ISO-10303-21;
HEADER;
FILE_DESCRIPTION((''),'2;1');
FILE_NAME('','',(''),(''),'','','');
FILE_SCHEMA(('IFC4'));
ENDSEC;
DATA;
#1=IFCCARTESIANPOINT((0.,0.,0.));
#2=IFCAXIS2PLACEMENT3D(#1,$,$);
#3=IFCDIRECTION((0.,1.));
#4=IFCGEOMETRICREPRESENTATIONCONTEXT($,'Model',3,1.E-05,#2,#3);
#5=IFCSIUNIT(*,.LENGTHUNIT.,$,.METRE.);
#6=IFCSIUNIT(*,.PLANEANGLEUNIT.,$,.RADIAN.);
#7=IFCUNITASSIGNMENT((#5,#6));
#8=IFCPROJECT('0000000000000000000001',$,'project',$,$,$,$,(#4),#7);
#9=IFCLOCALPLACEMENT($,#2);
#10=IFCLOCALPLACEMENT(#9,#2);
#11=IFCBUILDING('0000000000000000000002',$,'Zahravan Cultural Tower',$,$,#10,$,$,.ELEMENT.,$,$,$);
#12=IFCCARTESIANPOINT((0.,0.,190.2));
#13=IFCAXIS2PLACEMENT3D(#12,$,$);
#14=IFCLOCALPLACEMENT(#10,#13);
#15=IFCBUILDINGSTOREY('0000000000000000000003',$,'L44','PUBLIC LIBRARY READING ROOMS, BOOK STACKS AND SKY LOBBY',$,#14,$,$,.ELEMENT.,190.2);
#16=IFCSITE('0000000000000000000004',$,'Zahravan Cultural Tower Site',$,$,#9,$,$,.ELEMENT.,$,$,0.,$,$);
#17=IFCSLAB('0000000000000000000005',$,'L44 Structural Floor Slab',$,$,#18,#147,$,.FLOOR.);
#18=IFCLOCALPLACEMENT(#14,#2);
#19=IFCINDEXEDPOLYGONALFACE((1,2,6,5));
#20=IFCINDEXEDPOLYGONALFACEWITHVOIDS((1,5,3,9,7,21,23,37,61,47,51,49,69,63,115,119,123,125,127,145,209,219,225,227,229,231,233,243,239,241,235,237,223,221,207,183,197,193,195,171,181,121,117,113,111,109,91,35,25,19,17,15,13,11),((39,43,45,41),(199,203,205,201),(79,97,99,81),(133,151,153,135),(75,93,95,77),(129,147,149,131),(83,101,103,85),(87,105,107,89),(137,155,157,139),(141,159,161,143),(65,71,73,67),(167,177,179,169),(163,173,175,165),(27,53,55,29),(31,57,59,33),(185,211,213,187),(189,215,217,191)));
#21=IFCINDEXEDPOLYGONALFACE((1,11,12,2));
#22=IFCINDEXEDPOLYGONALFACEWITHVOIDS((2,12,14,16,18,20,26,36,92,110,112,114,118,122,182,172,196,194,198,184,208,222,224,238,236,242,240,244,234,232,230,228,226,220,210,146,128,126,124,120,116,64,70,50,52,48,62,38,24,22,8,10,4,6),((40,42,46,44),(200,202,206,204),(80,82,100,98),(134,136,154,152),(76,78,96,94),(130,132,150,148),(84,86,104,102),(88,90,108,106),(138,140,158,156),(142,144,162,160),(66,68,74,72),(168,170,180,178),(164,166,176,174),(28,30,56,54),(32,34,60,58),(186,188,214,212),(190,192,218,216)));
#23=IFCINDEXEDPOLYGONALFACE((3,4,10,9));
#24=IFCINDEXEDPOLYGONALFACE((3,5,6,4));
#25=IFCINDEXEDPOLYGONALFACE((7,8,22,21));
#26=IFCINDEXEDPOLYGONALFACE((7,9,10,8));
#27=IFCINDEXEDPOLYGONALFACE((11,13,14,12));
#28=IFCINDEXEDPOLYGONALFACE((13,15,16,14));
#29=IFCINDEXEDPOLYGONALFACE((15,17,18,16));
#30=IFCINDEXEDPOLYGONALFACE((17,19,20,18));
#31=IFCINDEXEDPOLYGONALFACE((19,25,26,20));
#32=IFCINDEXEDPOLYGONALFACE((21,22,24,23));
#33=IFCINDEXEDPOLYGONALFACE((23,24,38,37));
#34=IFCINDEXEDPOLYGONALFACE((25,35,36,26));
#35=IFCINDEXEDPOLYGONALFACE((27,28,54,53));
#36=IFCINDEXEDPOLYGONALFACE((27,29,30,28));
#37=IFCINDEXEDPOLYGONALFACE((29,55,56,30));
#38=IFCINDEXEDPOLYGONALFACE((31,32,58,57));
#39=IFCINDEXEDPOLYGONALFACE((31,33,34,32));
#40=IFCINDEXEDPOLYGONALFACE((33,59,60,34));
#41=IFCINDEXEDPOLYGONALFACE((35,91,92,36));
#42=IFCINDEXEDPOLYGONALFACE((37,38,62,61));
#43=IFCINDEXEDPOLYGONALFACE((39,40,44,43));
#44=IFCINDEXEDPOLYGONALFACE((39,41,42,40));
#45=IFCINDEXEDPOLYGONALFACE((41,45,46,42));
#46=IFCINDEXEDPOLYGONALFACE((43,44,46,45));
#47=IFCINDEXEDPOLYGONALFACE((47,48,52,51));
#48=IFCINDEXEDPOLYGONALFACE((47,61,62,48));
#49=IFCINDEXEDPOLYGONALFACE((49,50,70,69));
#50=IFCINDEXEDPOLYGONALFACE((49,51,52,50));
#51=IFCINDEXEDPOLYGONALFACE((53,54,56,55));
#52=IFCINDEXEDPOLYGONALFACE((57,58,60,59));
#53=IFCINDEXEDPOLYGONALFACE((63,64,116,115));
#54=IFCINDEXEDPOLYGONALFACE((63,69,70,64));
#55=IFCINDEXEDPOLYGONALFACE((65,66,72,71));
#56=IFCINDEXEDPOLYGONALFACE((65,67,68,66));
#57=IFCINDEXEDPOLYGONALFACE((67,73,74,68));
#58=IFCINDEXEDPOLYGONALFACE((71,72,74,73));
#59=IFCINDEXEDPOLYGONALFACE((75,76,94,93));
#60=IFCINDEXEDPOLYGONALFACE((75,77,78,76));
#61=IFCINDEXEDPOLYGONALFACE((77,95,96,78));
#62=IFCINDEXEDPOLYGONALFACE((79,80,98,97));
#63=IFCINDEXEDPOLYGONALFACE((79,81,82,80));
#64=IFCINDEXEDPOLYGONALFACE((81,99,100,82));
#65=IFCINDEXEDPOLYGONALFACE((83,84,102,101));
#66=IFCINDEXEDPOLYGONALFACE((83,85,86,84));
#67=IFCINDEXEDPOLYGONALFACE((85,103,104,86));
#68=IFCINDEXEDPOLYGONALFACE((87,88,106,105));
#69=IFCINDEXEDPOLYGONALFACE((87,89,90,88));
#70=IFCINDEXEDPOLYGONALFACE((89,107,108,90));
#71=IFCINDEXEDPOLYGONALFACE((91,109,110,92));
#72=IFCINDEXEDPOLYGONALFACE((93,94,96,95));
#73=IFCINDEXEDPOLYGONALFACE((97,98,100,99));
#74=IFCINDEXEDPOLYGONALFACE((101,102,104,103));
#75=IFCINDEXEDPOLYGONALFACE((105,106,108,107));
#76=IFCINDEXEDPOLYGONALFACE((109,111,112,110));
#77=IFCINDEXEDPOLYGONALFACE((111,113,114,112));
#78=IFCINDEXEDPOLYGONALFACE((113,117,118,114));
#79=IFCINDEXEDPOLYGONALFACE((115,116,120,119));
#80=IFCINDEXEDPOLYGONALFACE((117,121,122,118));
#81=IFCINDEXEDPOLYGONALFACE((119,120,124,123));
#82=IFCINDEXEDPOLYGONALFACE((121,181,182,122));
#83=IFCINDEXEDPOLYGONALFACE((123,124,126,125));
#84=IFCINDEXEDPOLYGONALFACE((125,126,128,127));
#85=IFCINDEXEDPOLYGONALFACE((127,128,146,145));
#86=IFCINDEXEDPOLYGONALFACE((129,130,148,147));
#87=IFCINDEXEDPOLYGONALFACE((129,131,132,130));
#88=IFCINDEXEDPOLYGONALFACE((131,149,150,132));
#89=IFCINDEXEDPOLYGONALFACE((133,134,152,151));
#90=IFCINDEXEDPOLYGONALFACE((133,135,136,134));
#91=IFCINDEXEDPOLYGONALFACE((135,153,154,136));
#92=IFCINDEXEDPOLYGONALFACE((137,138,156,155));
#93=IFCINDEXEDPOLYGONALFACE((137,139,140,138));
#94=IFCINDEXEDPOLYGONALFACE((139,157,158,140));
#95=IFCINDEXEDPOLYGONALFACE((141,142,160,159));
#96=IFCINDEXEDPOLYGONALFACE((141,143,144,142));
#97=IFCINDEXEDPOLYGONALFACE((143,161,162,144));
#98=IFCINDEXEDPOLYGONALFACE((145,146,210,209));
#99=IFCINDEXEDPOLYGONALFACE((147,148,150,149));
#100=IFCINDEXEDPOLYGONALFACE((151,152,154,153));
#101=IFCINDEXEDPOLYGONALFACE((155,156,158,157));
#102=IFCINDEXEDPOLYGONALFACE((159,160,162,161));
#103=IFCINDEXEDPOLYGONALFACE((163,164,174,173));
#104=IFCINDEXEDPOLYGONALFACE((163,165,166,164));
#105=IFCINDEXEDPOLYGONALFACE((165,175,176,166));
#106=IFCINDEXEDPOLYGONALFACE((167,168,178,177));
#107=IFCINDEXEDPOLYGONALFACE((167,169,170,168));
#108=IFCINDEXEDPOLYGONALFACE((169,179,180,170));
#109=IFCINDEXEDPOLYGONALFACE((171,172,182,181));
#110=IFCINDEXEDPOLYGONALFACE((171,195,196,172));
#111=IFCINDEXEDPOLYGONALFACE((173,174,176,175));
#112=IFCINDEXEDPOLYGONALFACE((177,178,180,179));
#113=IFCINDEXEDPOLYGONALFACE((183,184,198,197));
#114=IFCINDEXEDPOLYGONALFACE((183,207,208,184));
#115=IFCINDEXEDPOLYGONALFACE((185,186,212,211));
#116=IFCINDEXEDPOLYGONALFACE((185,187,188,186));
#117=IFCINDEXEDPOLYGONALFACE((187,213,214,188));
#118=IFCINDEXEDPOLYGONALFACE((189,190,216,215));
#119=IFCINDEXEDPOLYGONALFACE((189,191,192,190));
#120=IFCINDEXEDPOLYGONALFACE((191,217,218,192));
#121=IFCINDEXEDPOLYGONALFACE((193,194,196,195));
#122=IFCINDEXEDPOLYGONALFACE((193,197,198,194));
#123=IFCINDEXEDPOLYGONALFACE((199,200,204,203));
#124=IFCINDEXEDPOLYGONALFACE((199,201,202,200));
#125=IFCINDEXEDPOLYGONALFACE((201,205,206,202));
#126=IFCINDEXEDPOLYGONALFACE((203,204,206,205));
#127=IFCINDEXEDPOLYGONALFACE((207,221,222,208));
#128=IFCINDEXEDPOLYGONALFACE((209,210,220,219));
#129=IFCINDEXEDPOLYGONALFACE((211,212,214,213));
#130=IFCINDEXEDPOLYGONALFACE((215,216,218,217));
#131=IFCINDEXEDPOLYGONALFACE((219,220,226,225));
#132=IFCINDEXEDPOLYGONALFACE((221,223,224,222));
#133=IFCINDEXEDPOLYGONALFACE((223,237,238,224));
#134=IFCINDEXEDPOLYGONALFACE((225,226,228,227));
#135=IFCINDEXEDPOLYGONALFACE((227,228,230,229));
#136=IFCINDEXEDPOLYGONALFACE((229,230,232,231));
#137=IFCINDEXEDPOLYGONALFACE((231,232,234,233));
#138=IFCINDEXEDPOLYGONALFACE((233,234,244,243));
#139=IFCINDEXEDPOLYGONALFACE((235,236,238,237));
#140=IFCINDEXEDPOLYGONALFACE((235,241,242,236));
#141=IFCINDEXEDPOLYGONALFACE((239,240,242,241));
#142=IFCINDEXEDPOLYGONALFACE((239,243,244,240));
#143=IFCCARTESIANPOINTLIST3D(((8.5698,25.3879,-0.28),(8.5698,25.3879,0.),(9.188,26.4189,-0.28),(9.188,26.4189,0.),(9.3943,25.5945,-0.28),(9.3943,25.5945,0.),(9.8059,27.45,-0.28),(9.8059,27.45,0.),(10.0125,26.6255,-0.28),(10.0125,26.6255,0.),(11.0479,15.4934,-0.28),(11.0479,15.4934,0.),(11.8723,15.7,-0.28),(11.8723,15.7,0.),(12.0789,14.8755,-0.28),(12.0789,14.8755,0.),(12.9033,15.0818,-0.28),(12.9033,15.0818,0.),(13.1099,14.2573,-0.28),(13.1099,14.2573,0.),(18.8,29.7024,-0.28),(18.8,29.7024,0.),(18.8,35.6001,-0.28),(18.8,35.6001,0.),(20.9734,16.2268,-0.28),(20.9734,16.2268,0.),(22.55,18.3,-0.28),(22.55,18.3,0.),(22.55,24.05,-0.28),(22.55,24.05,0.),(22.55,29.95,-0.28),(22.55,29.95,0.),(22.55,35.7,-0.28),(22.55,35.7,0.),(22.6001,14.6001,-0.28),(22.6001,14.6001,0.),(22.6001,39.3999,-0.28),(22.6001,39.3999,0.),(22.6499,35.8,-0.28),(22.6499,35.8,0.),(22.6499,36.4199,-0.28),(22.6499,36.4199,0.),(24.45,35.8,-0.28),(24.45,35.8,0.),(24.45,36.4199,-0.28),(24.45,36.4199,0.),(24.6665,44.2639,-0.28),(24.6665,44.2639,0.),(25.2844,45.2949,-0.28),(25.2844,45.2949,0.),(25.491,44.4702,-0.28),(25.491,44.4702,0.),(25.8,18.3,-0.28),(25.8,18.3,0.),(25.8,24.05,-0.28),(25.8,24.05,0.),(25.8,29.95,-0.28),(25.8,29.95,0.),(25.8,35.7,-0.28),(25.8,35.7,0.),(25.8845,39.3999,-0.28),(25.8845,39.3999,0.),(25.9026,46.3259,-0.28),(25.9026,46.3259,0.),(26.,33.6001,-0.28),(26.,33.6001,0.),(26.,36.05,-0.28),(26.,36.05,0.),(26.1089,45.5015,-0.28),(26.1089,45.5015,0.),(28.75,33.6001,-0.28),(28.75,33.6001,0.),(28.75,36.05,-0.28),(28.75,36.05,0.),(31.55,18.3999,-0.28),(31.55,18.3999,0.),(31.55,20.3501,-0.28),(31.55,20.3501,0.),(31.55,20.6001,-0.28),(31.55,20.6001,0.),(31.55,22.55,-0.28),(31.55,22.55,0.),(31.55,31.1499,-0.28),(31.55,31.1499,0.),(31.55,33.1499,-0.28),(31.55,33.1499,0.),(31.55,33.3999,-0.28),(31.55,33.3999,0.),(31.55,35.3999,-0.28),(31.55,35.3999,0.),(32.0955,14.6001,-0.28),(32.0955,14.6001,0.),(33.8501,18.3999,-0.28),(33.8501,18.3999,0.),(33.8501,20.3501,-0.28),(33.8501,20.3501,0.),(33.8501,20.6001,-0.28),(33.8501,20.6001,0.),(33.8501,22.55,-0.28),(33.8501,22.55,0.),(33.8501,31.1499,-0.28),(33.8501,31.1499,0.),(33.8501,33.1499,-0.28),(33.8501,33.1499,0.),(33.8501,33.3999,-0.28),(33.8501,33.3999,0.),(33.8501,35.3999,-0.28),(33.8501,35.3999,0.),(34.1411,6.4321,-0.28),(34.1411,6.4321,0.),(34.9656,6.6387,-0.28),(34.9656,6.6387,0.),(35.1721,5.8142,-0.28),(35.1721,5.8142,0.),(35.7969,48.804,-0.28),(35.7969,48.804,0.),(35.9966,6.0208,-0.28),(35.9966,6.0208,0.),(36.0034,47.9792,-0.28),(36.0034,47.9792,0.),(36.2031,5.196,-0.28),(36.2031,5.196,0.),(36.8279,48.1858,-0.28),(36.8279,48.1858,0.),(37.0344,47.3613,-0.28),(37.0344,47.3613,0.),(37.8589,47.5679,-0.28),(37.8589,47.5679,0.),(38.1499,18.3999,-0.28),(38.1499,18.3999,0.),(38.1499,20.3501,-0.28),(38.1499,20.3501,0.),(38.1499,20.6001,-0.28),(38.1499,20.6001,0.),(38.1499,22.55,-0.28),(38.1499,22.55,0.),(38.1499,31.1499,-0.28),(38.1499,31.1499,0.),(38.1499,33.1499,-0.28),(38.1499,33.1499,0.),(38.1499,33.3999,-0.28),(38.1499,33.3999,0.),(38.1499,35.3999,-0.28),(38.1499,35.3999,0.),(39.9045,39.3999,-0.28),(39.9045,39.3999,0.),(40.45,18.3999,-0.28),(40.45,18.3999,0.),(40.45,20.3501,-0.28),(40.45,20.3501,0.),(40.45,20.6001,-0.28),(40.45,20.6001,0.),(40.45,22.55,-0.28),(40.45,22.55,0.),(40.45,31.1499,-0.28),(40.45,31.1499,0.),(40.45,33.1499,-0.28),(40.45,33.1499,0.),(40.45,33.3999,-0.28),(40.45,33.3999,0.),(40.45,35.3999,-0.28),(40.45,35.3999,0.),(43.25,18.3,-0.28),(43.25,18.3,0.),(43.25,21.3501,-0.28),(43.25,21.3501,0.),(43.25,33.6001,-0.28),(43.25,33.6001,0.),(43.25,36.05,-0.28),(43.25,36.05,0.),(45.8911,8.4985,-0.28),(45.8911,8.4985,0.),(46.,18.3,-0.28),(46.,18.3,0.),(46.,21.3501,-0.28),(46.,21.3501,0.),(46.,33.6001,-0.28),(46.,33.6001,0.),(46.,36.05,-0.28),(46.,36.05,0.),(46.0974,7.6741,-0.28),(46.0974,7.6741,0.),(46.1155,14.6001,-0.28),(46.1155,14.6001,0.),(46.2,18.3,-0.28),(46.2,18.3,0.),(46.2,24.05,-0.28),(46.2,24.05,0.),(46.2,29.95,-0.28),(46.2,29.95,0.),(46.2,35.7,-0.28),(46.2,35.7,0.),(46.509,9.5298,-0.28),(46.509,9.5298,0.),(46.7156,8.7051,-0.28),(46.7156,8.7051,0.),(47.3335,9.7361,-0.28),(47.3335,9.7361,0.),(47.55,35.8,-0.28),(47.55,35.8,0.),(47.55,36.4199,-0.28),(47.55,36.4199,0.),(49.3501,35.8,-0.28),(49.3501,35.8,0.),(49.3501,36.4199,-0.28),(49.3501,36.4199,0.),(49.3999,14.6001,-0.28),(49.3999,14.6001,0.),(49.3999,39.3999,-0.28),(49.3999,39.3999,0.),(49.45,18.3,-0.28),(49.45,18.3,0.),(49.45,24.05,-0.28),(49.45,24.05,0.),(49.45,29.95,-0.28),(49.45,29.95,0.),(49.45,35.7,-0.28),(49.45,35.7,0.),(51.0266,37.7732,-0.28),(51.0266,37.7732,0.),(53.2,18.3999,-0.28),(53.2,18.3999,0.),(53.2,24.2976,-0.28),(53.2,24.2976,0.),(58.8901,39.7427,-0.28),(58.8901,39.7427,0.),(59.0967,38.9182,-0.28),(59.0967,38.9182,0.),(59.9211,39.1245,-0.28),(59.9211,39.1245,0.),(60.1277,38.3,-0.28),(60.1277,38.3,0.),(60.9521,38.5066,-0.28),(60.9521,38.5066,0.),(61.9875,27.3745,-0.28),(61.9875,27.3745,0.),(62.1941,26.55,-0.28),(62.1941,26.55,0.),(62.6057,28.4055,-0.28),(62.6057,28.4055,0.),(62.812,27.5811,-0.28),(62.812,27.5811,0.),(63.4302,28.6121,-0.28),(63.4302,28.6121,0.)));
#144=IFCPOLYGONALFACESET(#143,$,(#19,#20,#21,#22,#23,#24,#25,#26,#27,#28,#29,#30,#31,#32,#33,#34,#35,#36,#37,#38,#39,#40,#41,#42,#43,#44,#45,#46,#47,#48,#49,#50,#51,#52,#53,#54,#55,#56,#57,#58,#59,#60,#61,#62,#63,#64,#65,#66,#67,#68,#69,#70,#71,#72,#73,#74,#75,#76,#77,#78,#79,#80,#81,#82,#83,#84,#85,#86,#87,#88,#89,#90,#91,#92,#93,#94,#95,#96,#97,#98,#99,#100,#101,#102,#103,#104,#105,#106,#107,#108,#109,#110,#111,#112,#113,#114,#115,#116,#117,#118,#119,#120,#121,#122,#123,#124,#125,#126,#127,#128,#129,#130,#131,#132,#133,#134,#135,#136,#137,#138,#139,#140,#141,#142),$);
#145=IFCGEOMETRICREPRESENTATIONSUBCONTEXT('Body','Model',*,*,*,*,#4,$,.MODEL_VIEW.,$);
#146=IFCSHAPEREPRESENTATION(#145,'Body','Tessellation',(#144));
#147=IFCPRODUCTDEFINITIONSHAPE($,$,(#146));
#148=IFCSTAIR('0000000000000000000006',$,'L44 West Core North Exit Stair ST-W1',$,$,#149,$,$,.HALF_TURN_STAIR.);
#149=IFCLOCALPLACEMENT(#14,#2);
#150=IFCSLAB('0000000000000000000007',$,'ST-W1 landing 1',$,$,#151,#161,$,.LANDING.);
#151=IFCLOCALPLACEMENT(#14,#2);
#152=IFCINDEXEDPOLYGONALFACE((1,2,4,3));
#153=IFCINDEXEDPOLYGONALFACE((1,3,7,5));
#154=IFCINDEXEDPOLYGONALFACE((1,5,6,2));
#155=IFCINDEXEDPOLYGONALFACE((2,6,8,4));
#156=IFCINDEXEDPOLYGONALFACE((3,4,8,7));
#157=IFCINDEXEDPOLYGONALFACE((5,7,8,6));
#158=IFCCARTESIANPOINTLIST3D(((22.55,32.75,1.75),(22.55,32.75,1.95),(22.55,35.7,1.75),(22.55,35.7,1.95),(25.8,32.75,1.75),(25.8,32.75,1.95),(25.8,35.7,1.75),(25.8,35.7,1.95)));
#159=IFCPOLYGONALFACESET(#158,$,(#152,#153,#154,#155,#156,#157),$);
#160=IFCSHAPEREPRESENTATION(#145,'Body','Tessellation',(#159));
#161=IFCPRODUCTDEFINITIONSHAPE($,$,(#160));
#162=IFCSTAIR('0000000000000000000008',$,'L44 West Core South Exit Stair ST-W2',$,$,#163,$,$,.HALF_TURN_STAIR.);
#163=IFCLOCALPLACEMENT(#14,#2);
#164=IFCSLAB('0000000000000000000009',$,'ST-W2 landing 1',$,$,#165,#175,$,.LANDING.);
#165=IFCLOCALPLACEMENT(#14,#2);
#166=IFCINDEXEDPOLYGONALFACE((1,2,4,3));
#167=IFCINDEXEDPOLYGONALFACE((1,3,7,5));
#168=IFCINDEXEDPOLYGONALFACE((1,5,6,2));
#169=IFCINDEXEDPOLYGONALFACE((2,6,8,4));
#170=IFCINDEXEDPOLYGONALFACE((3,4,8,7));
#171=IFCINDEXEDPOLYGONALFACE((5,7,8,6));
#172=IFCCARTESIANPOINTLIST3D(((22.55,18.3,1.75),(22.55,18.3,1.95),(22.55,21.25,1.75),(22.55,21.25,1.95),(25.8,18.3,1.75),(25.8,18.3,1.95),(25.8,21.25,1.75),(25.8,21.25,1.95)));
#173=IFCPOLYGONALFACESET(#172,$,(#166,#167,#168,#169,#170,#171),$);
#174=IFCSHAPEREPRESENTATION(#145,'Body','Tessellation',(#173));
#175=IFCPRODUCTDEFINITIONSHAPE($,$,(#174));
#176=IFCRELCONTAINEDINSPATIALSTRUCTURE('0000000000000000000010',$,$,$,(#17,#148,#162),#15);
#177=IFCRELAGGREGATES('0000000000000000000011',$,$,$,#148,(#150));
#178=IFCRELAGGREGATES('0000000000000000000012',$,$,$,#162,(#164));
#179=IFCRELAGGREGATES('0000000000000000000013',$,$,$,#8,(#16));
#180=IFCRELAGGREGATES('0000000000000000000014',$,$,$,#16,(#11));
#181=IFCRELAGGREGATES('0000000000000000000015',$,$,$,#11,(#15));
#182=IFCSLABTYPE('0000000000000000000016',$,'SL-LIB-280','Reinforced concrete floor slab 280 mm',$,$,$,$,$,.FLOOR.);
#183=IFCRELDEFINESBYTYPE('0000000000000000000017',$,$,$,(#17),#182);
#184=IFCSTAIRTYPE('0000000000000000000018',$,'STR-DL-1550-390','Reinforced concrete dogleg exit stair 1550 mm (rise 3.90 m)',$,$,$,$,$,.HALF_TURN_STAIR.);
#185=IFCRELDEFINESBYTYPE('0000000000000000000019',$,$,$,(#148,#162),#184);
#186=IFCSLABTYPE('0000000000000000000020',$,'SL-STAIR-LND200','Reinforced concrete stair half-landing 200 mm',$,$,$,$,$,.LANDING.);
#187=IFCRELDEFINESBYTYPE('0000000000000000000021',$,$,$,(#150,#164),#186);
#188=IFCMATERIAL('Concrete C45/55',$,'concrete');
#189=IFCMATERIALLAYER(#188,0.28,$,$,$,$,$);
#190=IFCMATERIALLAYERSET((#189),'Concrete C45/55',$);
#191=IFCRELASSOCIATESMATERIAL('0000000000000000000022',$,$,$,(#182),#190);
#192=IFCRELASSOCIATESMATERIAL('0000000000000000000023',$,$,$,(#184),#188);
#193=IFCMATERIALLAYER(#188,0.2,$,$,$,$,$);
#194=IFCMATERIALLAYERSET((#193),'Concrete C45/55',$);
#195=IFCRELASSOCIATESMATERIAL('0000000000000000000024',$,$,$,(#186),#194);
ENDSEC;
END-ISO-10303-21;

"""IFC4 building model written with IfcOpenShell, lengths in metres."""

from ifc_helpers import new_model, si_unit, direction, frame, origin, place, context, subcontext, project, spatial, polyline, outline, extrude, material, layer, layer_set, type_object, element, aggregate, save


model = new_model("IFC4")

# Units and contexts
model_context = context("Model", 3, precision=1e-05, world=origin(), true_north=direction((0.0, 1.0)))
body_context = subcontext(model_context, "Body", "Model", "MODEL_VIEW")
ifc_project = project(units=[si_unit("LENGTHUNIT", "METRE"), si_unit("PLANEANGLEUNIT", "RADIAN")], contexts=[model_context])

# Site, building, storey
site_placement = place(None, origin())
site = spatial("IfcSite", under=ifc_project, at=site_placement, Name="Zahravan Cultural Tower Site", CompositionType="ELEMENT", RefElevation=0.0)
building_placement = place(site_placement, origin())
building = spatial("IfcBuilding", under=site, at=building_placement, Name="Zahravan Cultural Tower", CompositionType="ELEMENT")
storey_placement = place(building_placement, frame((0.0, 0.0, 190.2)))
storey = spatial("IfcBuildingStorey", under=building, at=storey_placement, Name="L44", Description="PUBLIC LIBRARY READING ROOMS, BOOK STACKS AND SKY LOBBY", CompositionType="ELEMENT", Elevation=190.2)

# Slab
ifc_material_1 = material(Name="Concrete C45/55", Category="concrete")
ifc_layer_1 = layer(ifc_material_1, 0.28)
ifc_layer_set_1 = layer_set([ifc_layer_1], Name="Concrete C45/55")
slab_type_1 = type_object("IfcSlabType", Name="SL-LIB-280", Description="Reinforced concrete floor slab 280 mm", PredefinedType="FLOOR", material=ifc_layer_set_1)
slab_1_placement = place(storey_placement, frame((0.0, 0.0, -0.28)))
element("IfcSlab", 1, at=slab_1_placement, inside=storey, type_object=slab_type_1, Name="L44 Structural Floor Slab", PredefinedType="FLOOR", context=body_context, shape_type="SweptSolid", body=[
    extrude(outline(polyline([(51.0266, 37.7732), (49.3999, 39.3999), (39.9045, 39.3999), (37.8589, 47.5679), (37.0344, 47.3613), (36.8279, 48.1858), (36.0034, 47.9792), (35.7969, 48.804), (25.9026, 46.3259), (26.1089, 45.5015), (25.2844, 45.2949), (25.491, 44.4702), (24.6665, 44.2639), (25.8845, 39.3999), (22.6001, 39.3999), (18.8, 35.6001), (18.8, 29.7024), (9.8059, 27.45), (10.0125, 26.6255), (9.188, 26.4189), (9.3943, 25.5945), (8.5698, 25.3879), (11.0479, 15.4934), (11.8723, 15.7), (12.0789, 14.8755), (12.9033, 15.0818), (13.1099, 14.2573), (20.9734, 16.2268), (22.6001, 14.6001), (32.0955, 14.6001), (34.1411, 6.4321), (34.9656, 6.6387), (35.1721, 5.8142), (35.9966, 6.0208), (36.2031, 5.196), (46.0974, 7.6741), (45.8911, 8.4985), (46.7156, 8.7051), (46.509, 9.5298), (47.3335, 9.7361), (46.1155, 14.6001), (49.3999, 14.6001), (53.2, 18.3999), (53.2, 24.2976), (62.1941, 26.55), (61.9875, 27.3745), (62.812, 27.5811), (62.6057, 28.4055), (63.4302, 28.6121), (60.9521, 38.5066), (60.1277, 38.3), (59.9211, 39.1245), (59.0967, 38.9182), (58.8901, 39.7427), (51.0266, 37.7732)]), holes=[polyline([(22.55, 29.95), (22.55, 35.7), (25.8, 35.7), (25.8, 29.95), (22.55, 29.95)]), polyline([(22.55, 18.3), (22.55, 24.05), (25.8, 24.05), (25.8, 18.3), (22.55, 18.3)]), polyline([(46.2, 29.95), (46.2, 35.7), (49.45, 35.7), (49.45, 29.95), (46.2, 29.95)]), polyline([(46.2, 18.3), (46.2, 24.05), (49.45, 24.05), (49.45, 18.3), (46.2, 18.3)]), polyline([(26.0, 33.6001), (26.0, 36.05), (28.75, 36.05), (28.75, 33.6001), (26.0, 33.6001)]), polyline([(43.25, 33.6001), (43.25, 36.05), (46.0, 36.05), (46.0, 33.6001), (43.25, 33.6001)]), polyline([(43.25, 18.3), (43.25, 21.3501), (46.0, 21.3501), (46.0, 18.3), (43.25, 18.3)]), polyline([(31.55, 33.3999), (31.55, 35.3999), (33.8501, 35.3999), (33.8501, 33.3999), (31.55, 33.3999)]), polyline([(31.55, 31.1499), (31.55, 33.1499), (33.8501, 33.1499), (33.8501, 31.1499), (31.55, 31.1499)]), polyline([(38.1499, 33.3999), (38.1499, 35.3999), (40.45, 35.3999), (40.45, 33.3999), (38.1499, 33.3999)]), polyline([(38.1499, 31.1499), (38.1499, 33.1499), (40.45, 33.1499), (40.45, 31.1499), (38.1499, 31.1499)]), polyline([(31.55, 20.6001), (31.55, 22.55), (33.8501, 22.55), (33.8501, 20.6001), (31.55, 20.6001)]), polyline([(31.55, 18.3999), (31.55, 20.3501), (33.8501, 20.3501), (33.8501, 18.3999), (31.55, 18.3999)]), polyline([(38.1499, 20.6001), (38.1499, 22.55), (40.45, 22.55), (40.45, 20.6001), (38.1499, 20.6001)]), polyline([(38.1499, 18.3999), (38.1499, 20.3501), (40.45, 20.3501), (40.45, 18.3999), (38.1499, 18.3999)]), polyline([(22.6499, 35.8), (22.6499, 36.4199), (24.45, 36.4199), (24.45, 35.8), (22.6499, 35.8)]), polyline([(47.55, 35.8), (47.55, 36.4199), (49.3501, 36.4199), (49.3501, 35.8), (47.55, 35.8)])]), origin(), (0.0, 0.0, 1.0), 0.28),
])

# Stairs, slabs
stair_type = type_object("IfcStairType", Name="STR-DL-1550-390", Description="Reinforced concrete dogleg exit stair 1550 mm (rise 3.90 m)", PredefinedType="HALF_TURN_STAIR", material=ifc_material_1)
stair_1_placement = place(storey_placement, origin())
stair_1 = element("IfcStair", 2, at=stair_1_placement, inside=storey, type_object=stair_type, Name="L44 West Core North Exit Stair ST-W1", PredefinedType="HALF_TURN_STAIR")
ifc_layer_2 = layer(ifc_material_1, 0.2)
ifc_layer_set_2 = layer_set([ifc_layer_2], Name="Concrete C45/55")
slab_type_2 = type_object("IfcSlabType", Name="SL-STAIR-LND200", Description="Reinforced concrete stair half-landing 200 mm", PredefinedType="LANDING", material=ifc_layer_set_2)
slab_2_placement = place(storey_placement, frame((0.0, 0.0, 1.75)))
slab_2 = element("IfcSlab", 3, at=slab_2_placement, type_object=slab_type_2, Name="ST-W1 landing 1", PredefinedType="LANDING", context=body_context, shape_type="SweptSolid", body=[
    extrude(outline(polyline([(25.8, 32.75), (25.8, 35.7), (22.55, 35.7), (22.55, 32.75), (25.8, 32.75)])), origin(), (0.0, 0.0, 1.0), 0.2),
])
aggregate(stair_1, [slab_2])
stair_2_placement = place(storey_placement, origin())
stair_2 = element("IfcStair", 4, at=stair_2_placement, inside=storey, type_object=stair_type, Name="L44 West Core South Exit Stair ST-W2", PredefinedType="HALF_TURN_STAIR")
slab_3_placement = place(storey_placement, frame((0.0, 0.0, 1.75)))
slab_3 = element("IfcSlab", 5, at=slab_3_placement, type_object=slab_type_2, Name="ST-W2 landing 1", PredefinedType="LANDING", context=body_context, shape_type="SweptSolid", body=[
    extrude(outline(polyline([(22.55, 21.25), (22.55, 18.3), (25.8, 18.3), (25.8, 21.25), (22.55, 21.25)])), origin(), (0.0, 0.0, 1.0), 0.2),
])
aggregate(stair_2, [slab_3])

save(model, "model.ifc")
